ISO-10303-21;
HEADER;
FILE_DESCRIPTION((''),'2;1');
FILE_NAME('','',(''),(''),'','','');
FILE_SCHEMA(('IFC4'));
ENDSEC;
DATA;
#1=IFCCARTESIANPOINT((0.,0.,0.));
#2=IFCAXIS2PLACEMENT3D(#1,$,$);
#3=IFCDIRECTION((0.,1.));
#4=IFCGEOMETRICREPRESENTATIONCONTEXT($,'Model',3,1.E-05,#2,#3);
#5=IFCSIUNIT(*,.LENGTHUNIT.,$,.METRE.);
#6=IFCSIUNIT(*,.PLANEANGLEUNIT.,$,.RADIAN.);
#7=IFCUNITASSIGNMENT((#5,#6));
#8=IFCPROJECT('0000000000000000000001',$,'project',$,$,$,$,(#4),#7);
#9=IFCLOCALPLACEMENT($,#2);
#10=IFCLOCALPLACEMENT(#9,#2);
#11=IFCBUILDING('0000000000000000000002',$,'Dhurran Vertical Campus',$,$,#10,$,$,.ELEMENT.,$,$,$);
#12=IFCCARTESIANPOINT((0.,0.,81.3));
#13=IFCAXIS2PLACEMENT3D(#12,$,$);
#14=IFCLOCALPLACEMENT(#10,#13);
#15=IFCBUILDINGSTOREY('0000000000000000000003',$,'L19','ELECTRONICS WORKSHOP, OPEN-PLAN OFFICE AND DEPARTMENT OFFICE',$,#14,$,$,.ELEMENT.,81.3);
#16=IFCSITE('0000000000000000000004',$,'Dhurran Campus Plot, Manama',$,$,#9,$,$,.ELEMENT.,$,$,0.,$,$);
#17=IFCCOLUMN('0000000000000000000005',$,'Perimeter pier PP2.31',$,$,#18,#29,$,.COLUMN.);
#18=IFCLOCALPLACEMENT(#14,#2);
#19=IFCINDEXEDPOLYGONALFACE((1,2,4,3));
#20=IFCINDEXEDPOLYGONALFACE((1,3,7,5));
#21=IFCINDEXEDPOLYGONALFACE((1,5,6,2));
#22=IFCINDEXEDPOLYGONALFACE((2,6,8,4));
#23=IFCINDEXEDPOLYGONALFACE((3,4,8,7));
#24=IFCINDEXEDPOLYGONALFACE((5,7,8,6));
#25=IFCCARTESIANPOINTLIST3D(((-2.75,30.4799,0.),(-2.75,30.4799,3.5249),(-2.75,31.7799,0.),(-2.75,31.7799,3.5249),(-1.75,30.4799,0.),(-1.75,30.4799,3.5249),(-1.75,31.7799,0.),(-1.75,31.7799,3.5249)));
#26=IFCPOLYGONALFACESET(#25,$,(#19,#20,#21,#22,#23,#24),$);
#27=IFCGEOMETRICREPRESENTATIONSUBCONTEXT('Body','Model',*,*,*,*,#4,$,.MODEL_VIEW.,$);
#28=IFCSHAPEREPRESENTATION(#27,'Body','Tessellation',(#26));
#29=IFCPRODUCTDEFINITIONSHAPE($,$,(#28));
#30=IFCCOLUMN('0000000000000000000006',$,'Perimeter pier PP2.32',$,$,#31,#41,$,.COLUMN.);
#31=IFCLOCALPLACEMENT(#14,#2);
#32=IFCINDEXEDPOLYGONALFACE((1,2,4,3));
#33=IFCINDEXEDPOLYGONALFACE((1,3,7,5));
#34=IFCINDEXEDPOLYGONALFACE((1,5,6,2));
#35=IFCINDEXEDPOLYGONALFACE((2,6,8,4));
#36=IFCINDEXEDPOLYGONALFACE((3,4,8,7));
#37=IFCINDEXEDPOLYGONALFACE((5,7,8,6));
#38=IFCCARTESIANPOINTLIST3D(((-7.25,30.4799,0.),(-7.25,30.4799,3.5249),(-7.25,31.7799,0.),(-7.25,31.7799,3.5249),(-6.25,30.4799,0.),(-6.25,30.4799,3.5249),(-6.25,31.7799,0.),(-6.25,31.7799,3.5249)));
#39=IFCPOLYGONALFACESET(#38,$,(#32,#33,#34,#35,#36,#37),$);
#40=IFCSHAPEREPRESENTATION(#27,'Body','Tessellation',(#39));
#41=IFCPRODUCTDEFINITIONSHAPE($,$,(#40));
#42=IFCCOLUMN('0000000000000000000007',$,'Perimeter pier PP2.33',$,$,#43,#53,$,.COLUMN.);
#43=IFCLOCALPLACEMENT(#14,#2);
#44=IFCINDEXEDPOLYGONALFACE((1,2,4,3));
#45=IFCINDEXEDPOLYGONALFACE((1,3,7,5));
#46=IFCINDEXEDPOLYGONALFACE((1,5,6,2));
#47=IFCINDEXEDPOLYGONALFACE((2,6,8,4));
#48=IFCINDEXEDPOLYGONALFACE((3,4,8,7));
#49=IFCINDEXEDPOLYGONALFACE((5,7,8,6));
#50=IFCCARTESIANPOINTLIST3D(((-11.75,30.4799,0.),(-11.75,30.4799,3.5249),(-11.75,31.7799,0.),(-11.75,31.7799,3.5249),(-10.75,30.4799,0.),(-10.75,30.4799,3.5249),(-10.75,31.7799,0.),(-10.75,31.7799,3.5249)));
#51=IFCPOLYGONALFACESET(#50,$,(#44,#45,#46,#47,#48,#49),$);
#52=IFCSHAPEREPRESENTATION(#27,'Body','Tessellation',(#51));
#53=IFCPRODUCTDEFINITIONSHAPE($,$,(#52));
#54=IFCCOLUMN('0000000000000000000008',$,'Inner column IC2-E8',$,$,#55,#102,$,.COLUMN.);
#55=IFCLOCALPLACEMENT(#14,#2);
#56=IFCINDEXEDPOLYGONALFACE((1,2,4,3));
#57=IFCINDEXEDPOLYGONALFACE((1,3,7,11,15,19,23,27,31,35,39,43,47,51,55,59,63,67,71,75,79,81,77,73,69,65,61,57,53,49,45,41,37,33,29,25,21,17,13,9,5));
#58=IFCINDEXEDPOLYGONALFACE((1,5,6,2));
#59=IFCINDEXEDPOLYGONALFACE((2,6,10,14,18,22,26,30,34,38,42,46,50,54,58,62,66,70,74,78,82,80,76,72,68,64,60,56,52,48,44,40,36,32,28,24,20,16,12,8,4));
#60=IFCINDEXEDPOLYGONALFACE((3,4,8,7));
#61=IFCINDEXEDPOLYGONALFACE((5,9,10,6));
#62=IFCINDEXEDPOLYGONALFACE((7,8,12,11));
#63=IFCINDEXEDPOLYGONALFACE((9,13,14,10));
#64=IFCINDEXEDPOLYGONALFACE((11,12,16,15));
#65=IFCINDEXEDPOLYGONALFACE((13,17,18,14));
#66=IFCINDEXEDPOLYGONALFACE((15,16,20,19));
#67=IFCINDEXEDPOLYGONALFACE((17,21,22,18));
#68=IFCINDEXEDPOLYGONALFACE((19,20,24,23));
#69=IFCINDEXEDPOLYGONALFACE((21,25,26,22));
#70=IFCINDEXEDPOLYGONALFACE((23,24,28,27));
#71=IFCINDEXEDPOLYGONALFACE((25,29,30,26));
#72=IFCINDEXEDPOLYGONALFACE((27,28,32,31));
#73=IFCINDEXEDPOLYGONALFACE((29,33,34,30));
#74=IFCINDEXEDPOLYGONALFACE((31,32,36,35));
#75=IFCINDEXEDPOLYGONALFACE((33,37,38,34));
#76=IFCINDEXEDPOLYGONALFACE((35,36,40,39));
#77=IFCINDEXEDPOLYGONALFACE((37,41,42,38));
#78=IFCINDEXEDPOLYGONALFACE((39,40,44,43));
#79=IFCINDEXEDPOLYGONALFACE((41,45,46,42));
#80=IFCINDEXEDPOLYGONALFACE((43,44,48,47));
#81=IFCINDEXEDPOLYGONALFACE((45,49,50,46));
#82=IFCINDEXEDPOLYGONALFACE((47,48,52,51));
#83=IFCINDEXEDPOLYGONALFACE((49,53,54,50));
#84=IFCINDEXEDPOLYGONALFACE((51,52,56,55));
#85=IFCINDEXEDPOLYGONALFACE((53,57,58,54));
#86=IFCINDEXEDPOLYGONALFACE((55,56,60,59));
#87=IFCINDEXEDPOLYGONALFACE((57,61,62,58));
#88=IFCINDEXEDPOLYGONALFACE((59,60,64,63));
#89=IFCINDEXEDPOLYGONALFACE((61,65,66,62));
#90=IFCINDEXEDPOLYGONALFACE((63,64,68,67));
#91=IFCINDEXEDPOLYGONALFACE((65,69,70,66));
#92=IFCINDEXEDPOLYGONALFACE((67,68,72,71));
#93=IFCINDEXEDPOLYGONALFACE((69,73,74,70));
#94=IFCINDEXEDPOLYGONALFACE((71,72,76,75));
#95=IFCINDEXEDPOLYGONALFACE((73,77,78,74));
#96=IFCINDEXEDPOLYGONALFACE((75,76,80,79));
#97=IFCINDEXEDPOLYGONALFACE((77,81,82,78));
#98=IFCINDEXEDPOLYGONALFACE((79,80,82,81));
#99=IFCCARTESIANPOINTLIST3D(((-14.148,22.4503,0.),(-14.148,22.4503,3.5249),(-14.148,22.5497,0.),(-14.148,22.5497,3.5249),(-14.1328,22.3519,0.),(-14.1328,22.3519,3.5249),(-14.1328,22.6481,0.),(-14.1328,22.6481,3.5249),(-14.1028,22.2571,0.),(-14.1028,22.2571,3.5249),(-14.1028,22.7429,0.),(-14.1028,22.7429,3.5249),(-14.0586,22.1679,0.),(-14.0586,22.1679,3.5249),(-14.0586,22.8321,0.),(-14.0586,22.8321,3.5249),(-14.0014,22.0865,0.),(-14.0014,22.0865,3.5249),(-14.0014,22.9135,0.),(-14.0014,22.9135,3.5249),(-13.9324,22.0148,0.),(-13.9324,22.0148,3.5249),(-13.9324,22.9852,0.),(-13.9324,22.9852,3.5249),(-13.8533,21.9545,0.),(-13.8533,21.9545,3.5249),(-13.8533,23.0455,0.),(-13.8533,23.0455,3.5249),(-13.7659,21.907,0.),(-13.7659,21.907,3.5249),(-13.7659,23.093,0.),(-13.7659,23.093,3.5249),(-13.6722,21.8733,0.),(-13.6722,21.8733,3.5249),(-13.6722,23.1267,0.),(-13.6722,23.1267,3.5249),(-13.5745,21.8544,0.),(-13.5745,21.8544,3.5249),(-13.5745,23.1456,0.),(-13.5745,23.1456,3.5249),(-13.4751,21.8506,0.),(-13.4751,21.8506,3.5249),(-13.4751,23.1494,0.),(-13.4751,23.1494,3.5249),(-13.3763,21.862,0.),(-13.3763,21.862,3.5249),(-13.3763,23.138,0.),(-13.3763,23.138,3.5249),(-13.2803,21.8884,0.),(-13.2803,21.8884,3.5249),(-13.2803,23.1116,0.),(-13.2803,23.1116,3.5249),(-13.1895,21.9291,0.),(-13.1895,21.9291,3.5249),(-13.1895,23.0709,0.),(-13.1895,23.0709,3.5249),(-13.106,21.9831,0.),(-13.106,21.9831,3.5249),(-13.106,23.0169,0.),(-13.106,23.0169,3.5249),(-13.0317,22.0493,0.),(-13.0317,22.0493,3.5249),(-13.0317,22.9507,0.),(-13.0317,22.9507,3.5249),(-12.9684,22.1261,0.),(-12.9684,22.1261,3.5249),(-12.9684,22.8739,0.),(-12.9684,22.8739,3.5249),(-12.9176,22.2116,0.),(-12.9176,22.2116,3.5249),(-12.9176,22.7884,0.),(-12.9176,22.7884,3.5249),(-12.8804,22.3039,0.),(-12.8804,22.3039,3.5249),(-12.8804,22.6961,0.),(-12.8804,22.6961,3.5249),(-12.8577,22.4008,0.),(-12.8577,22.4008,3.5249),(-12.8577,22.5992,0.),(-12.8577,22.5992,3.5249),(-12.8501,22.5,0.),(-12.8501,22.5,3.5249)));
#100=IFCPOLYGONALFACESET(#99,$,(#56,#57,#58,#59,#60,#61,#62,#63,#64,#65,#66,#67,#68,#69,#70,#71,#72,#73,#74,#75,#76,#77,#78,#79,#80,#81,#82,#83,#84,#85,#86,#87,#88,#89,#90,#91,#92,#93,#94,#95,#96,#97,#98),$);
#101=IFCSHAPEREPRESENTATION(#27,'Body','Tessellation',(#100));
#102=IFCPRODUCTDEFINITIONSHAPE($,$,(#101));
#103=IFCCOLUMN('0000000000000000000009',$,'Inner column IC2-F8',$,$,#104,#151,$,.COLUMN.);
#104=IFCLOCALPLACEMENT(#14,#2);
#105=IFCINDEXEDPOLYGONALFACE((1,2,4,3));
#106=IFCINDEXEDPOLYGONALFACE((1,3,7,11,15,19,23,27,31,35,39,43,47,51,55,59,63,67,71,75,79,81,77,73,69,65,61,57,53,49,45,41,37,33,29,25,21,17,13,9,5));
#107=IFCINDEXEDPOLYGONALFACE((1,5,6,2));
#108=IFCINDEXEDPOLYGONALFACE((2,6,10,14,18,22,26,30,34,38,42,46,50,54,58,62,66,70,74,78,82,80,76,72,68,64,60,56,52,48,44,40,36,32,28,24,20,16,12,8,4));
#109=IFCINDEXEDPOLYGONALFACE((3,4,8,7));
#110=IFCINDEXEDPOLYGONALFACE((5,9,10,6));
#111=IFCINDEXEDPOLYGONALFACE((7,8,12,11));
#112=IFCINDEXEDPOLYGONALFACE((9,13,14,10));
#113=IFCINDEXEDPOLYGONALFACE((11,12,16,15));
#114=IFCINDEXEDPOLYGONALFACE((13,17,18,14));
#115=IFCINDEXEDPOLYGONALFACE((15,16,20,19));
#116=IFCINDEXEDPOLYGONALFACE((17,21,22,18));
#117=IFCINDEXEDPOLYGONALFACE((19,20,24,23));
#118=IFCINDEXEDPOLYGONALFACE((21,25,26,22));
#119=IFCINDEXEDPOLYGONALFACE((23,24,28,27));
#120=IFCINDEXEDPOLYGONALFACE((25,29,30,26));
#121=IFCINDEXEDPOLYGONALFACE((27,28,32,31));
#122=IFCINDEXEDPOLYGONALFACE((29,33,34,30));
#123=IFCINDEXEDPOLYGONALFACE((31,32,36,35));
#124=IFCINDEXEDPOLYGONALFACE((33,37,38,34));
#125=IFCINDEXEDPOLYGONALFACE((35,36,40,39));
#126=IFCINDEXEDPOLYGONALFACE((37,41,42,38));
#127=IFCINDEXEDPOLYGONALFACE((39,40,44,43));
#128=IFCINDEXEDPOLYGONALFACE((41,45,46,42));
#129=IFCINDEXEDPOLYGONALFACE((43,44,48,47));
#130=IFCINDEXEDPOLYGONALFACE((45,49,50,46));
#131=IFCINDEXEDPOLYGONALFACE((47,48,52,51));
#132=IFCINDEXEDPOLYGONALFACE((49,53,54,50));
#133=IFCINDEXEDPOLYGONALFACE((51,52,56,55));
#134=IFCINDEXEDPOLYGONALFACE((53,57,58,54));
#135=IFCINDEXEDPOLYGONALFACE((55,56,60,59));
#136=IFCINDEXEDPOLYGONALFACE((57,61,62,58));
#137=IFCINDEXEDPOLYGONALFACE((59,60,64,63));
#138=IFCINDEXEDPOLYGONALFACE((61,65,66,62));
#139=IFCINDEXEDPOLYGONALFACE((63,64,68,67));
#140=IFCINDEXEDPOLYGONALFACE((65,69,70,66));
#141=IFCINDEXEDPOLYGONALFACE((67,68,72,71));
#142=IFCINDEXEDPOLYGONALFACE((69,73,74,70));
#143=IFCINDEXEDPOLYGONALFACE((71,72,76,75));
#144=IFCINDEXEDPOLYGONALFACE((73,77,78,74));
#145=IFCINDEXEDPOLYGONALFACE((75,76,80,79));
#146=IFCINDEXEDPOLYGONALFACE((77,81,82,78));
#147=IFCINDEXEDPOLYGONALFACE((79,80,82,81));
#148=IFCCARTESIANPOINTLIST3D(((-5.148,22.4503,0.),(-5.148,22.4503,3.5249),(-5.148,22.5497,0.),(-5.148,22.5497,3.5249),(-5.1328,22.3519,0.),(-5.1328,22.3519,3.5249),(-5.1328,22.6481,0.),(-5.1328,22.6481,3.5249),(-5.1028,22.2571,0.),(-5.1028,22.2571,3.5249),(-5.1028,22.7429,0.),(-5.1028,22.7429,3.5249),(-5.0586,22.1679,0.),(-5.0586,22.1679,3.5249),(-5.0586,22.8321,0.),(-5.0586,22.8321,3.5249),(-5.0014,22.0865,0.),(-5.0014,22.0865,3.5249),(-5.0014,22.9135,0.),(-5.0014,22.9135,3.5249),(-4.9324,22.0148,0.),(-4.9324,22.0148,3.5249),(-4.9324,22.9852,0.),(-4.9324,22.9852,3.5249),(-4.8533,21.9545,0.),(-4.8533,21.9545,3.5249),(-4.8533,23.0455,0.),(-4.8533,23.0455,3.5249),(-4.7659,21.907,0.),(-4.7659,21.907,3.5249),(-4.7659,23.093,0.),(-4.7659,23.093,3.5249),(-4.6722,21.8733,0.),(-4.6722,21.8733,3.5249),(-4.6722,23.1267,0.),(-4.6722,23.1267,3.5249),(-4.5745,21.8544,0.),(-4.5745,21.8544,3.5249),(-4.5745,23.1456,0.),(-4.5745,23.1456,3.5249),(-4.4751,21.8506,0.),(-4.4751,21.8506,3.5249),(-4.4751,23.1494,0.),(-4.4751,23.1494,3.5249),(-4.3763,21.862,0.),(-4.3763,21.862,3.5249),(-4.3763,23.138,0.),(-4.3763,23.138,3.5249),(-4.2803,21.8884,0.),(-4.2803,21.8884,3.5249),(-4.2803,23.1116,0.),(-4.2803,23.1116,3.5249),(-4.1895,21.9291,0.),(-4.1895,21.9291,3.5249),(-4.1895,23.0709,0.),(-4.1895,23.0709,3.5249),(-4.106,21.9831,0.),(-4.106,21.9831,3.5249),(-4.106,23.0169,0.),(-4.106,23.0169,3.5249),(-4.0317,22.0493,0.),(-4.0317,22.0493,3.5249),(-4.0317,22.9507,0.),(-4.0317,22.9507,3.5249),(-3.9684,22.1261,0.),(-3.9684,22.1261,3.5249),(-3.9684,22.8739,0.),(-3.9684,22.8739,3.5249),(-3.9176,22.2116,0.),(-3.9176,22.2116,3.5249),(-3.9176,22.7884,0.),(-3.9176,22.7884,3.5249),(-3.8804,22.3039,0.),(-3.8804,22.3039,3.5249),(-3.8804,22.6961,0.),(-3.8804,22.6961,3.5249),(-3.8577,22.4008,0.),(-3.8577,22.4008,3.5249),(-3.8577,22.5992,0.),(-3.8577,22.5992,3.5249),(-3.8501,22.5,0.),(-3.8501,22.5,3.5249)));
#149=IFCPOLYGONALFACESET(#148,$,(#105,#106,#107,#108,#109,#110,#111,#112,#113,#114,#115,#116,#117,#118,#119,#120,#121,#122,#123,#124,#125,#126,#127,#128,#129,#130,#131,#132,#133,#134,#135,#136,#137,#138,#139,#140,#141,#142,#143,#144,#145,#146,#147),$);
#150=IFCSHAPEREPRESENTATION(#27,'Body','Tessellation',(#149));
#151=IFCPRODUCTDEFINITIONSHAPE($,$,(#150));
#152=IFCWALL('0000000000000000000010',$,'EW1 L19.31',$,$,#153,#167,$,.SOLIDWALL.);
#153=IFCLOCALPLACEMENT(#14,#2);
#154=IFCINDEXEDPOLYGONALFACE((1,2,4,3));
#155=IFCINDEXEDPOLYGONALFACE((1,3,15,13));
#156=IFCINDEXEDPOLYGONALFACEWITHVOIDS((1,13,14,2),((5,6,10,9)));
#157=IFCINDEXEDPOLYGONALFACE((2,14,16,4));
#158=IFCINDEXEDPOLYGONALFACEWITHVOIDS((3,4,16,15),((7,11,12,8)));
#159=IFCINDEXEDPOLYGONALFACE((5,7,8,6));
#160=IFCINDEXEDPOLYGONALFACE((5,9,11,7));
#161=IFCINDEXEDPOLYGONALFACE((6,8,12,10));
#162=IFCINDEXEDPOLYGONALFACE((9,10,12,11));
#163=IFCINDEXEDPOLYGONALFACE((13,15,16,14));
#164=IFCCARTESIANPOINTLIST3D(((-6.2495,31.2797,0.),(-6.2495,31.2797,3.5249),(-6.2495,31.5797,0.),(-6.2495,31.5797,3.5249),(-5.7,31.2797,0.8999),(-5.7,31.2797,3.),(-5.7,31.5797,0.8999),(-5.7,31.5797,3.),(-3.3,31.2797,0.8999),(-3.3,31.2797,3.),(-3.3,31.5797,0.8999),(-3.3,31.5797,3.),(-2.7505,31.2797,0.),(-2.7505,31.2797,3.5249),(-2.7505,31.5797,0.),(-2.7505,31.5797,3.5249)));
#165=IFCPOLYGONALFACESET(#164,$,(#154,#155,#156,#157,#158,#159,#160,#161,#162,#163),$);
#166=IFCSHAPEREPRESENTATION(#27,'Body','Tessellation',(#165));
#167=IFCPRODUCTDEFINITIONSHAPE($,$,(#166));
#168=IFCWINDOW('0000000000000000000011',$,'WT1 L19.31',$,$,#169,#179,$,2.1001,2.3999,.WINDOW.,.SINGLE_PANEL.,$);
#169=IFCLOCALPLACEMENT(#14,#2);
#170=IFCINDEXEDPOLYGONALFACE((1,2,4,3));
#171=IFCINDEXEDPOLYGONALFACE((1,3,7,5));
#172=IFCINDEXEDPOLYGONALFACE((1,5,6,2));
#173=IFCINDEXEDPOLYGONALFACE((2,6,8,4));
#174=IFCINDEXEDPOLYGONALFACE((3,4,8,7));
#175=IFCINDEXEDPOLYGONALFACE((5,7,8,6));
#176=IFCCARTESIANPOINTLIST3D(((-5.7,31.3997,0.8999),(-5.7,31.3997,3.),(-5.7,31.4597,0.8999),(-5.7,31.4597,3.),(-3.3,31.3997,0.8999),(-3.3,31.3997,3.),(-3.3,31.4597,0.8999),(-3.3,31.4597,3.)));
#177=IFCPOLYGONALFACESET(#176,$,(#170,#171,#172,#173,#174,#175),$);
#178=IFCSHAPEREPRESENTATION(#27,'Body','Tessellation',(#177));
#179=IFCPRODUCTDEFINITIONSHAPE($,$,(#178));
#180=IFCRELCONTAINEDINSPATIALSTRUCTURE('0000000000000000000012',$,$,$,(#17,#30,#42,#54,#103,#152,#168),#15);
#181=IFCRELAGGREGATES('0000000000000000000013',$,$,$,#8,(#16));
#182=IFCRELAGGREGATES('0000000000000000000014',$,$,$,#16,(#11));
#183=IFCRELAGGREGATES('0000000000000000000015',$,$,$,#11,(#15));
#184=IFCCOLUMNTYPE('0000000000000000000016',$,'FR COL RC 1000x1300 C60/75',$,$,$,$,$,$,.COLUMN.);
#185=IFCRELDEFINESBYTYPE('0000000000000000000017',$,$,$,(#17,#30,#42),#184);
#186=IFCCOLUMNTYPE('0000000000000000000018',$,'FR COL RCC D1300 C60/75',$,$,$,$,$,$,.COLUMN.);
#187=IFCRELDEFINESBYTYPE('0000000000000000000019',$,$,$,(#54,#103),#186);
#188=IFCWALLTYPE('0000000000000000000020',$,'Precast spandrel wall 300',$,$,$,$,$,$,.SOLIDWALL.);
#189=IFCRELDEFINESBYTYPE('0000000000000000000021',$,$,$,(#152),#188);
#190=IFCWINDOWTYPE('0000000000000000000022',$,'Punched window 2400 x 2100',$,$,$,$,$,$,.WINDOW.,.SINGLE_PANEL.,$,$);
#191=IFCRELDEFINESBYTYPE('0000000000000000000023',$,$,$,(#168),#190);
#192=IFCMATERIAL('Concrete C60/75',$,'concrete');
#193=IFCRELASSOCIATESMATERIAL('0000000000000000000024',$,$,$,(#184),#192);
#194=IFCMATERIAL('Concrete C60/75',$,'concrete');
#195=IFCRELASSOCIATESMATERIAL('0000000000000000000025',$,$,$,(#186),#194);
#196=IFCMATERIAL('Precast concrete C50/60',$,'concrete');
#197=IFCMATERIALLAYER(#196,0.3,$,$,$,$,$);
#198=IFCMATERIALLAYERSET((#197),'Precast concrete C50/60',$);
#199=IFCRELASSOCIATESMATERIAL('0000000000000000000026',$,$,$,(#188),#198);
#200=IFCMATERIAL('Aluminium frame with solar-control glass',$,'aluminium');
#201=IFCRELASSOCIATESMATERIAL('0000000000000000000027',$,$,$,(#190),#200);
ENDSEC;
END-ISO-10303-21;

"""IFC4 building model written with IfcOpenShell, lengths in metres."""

from ifc_helpers import new_model, si_unit, direction, frame, frame_2d, origin, origin_2d, place, context, subcontext, project, spatial, rectangle, circle, extrude, material, layer, layer_set, material_profile, profile_set, type_object, element, fill, save


model = new_model("IFC4")

# Units and contexts
model_context = context("Model", 3, precision=1e-05, world=origin(), true_north=direction((0.0, 1.0)))
body_context = subcontext(model_context, "Body", "Model", "MODEL_VIEW")
ifc_project = project(units=[si_unit("LENGTHUNIT", "METRE"), si_unit("PLANEANGLEUNIT", "RADIAN")], contexts=[model_context])

# Site, building, storey
site_placement = place(None, origin())
site = spatial("IfcSite", under=ifc_project, at=site_placement, Name="Dhurran Campus Plot, Manama", CompositionType="ELEMENT", RefElevation=0.0)
building_placement = place(site_placement, origin())
building = spatial("IfcBuilding", under=site, at=building_placement, Name="Dhurran Vertical Campus", CompositionType="ELEMENT")
storey_placement = place(building_placement, frame((0.0, 0.0, 81.3)))
storey = spatial("IfcBuildingStorey", under=building, at=storey_placement, Name="L19", Description="ELECTRONICS WORKSHOP, OPEN-PLAN OFFICE AND DEPARTMENT OFFICE", CompositionType="ELEMENT", Elevation=81.3)

# Columns
ifc_material_1 = material(Name="Concrete C60/75", Category="concrete")
ifc_material_profile_1 = material_profile(ifc_material_1, rectangle(XDim=1.0, YDim=1.3, at=origin_2d()), Name="RC 1000x1300")
ifc_profile_set_1 = profile_set([ifc_material_profile_1], Name="Concrete C60/75")
column_type_1 = type_object("IfcColumnType", Name="FR COL RC 1000x1300 C60/75", PredefinedType="COLUMN", material=ifc_profile_set_1)
for number, where, z_axis, x_axis, name in (
    (1, (-2.25, 31.1299, 0.0), (0.0, 0.0, 1.0), (-1.0, 0.0, 0.0), "Perimeter pier PP2.31"),
    (2, (-6.75, 31.1299, 0.0), (0.0, 0.0, 1.0), (-1.0, 0.0, 0.0), "Perimeter pier PP2.32"),
    (3, (-11.25, 31.1299, 0.0), (0.0, 0.0, 1.0), (-1.0, 0.0, 0.0), "Perimeter pier PP2.33"),
):
    element("IfcColumn", number, at=place(storey_placement, frame(where, z_axis=z_axis, x_axis=x_axis)), inside=storey, type_object=column_type_1, Name=name, PredefinedType="COLUMN", context=body_context, shape_type="SweptSolid", body=[
        extrude(rectangle(XDim=1.0, YDim=1.3, at=origin_2d()), origin(), (0.0, 0.0, 1.0), 3.5249),
    ])
ifc_material_2 = material(Name="Concrete C60/75", Category="concrete")
ifc_material_profile_2 = material_profile(ifc_material_2, circle(Radius=0.6499, at=origin_2d()), Name="RCC D1300")
ifc_profile_set_2 = profile_set([ifc_material_profile_2], Name="Concrete C60/75")
column_type_2 = type_object("IfcColumnType", Name="FR COL RCC D1300 C60/75", PredefinedType="COLUMN", material=ifc_profile_set_2)
for number, where, z_axis, x_axis, name in (
    (4, (-13.5, 22.5, 0.0), (0.0, 0.0, 1.0), (1.0, 0.0, 0.0), "Inner column IC2-E8"),
    (5, (-4.5, 22.5, 0.0), (0.0, 0.0, 1.0), (1.0, 0.0, 0.0), "Inner column IC2-F8"),
):
    element("IfcColumn", number, at=place(storey_placement, frame(where, z_axis=z_axis, x_axis=x_axis)), inside=storey, type_object=column_type_2, Name=name, PredefinedType="COLUMN", context=body_context, shape_type="SweptSolid", body=[
        extrude(circle(Radius=0.6499, at=origin_2d()), origin(), (0.0, 0.0, 1.0), 3.5249),
    ])

# Wall, opening, window
ifc_material_3 = material(Name="Precast concrete C50/60", Category="concrete")
ifc_layer_1 = layer(ifc_material_3, 0.3)
ifc_layer_set_1 = layer_set([ifc_layer_1], Name="Precast concrete C50/60")
wall_type_1 = type_object("IfcWallType", Name="Precast spandrel wall 300", PredefinedType="SOLIDWALL", material=ifc_layer_set_1)
wall_1_placement = place(storey_placement, frame((-2.7505, 31.4297, 0.0), z_axis=(0.0, 0.0, 1.0), x_axis=(-1.0, 0.0, 0.0)))
wall_1 = element("IfcWall", 6, at=wall_1_placement, inside=storey, type_object=wall_type_1, Name="EW1 L19.31", PredefinedType="SOLIDWALL", context=body_context, shape_type="SweptSolid", body=[
    extrude(rectangle(XDim=3.499, YDim=0.3, at=frame_2d((1.7495, 0.0))), origin(), (0.0, 0.0, 1.0), 3.5249),
])
opening_1_placement = place(wall_1_placement, frame((0.5496, 0.0, 0.8999)))
opening_1 = element("IfcOpeningElement", 7, at=opening_1_placement, cuts=wall_1, PredefinedType="OPENING", context=body_context, shape_type="SweptSolid", body=[
    extrude(rectangle(XDim=2.3999, YDim=2.1001, at=frame_2d((1.2, 1.05))), frame((0.0, 0.1599, 0.0), z_axis=(0.0, -1.0, 0.0), x_axis=(1.0, 0.0, 0.0)), (0.0, 0.0, 1.0), 0.3201),
])
ifc_material_4 = material(Name="Aluminium frame with solar-control glass", Category="aluminium")
window_type = type_object("IfcWindowType", Name="Punched window 2400 x 2100", PartitioningType="SINGLE_PANEL", PredefinedType="WINDOW", material=ifc_material_4)
window_1_placement = place(opening_1_placement, origin())
window_1 = element("IfcWindow", 8, at=window_1_placement, inside=storey, type_object=window_type, Name="WT1 L19.31", OverallHeight=2.1001, OverallWidth=2.3999, PartitioningType="SINGLE_PANEL", PredefinedType="WINDOW", context=body_context, shape_type="SweptSolid", body=[
    extrude(rectangle(XDim=2.3999, YDim=2.1001, at=frame_2d((1.2, 1.05))), frame((0.0, 0.03, 0.0), z_axis=(0.0, -1.0, 0.0), x_axis=(1.0, 0.0, 0.0)), (0.0, 0.0, 1.0), 0.0601),
])
fill(opening_1, window_1)

save(model, "model.ifc")
